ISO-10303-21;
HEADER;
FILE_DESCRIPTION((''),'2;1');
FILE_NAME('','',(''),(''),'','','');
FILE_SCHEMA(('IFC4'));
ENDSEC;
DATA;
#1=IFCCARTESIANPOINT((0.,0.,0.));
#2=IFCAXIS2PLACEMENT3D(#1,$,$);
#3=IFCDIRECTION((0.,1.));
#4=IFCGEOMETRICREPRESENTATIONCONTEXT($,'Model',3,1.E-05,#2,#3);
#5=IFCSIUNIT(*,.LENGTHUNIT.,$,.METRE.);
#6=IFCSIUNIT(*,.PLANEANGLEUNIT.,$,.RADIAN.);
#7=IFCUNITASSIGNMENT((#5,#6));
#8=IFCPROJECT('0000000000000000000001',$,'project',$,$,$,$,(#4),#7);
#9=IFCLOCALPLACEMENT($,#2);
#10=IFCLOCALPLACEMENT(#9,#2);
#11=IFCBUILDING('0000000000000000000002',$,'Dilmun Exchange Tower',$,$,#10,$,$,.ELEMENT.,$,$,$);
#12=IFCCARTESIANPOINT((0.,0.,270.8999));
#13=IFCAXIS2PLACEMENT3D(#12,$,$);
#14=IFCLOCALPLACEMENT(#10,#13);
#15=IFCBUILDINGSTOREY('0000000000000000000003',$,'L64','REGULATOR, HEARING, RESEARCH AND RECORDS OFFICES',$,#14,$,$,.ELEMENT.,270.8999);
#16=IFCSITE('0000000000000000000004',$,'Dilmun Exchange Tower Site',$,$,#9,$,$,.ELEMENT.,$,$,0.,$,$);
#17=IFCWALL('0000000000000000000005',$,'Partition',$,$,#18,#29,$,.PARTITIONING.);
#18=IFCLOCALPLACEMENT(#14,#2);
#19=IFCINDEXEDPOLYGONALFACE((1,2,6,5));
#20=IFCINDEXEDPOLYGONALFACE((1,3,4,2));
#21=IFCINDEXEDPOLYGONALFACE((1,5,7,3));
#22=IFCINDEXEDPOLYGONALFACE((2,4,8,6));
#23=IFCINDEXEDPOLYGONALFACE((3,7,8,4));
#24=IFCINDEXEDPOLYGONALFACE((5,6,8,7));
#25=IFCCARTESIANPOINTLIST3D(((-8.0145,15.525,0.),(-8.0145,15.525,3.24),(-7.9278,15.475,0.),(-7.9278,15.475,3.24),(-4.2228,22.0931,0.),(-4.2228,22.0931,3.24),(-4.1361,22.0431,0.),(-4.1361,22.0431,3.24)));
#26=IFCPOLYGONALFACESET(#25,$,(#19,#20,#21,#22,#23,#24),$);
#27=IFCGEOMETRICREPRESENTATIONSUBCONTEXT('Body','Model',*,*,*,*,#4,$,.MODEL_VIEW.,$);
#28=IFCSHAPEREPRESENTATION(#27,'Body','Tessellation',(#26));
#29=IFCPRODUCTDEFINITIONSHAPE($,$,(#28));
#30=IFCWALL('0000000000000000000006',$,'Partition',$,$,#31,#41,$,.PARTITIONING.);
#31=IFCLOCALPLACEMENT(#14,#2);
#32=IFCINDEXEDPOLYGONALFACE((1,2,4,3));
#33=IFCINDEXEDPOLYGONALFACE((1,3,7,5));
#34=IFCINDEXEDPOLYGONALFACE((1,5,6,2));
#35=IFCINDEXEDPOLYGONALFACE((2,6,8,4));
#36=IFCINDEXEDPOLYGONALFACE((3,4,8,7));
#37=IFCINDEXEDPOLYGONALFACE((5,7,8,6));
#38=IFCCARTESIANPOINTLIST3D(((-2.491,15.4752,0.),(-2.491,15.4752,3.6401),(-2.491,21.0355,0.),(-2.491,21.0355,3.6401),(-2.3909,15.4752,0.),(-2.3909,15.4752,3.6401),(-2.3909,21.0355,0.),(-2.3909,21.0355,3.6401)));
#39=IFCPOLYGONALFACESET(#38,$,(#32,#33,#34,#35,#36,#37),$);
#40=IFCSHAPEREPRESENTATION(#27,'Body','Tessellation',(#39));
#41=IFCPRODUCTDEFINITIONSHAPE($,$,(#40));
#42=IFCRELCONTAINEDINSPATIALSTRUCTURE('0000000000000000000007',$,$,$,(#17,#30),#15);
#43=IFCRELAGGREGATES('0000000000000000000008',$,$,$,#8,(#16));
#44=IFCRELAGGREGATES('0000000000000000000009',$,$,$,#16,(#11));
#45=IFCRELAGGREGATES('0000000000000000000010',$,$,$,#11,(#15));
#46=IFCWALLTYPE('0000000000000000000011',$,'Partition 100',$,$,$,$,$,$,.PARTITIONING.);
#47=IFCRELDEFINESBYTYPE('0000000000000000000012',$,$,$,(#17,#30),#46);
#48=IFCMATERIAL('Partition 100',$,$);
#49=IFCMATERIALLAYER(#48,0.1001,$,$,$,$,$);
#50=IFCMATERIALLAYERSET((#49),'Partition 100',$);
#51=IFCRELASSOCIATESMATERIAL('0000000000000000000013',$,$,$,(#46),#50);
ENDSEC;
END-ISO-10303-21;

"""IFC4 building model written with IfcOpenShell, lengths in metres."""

from ifc_helpers import new_model, si_unit, direction, frame, frame_2d, origin, place, context, subcontext, project, spatial, rectangle, extrude, material, layer, layer_set, type_object, element, save


model = new_model("IFC4")

# Units and contexts
model_context = context("Model", 3, precision=1e-05, world=origin(), true_north=direction((0.0, 1.0)))
body_context = subcontext(model_context, "Body", "Model", "MODEL_VIEW")
ifc_project = project(units=[si_unit("LENGTHUNIT", "METRE"), si_unit("PLANEANGLEUNIT", "RADIAN")], contexts=[model_context])

# Site, building, storey
site_placement = place(None, origin())
site = spatial("IfcSite", under=ifc_project, at=site_placement, Name="Dilmun Exchange Tower Site", CompositionType="ELEMENT", RefElevation=0.0)
building_placement = place(site_placement, origin())
building = spatial("IfcBuilding", under=site, at=building_placement, Name="Dilmun Exchange Tower", CompositionType="ELEMENT")
storey_placement = place(building_placement, frame((0.0, 0.0, 270.8999)))
storey = spatial("IfcBuildingStorey", under=building, at=storey_placement, Name="L64", Description="REGULATOR, HEARING, RESEARCH AND RECORDS OFFICES", CompositionType="ELEMENT", Elevation=270.8999)

# Walls
ifc_material_1 = material(Name="Partition 100")
ifc_layer_1 = layer(ifc_material_1, 0.1001)
ifc_layer_set_1 = layer_set([ifc_layer_1], Name="Partition 100")
wall_type_1 = type_object("IfcWallType", Name="Partition 100", PredefinedType="PARTITIONING", material=ifc_layer_set_1)
wall_1_placement = place(storey_placement, frame((-7.9712, 15.5, 0.0), z_axis=(0.0, 0.0, 1.0), x_axis=(0.499965, 0.866046, 0.0)))
element("IfcWall", 1, at=wall_1_placement, inside=storey, type_object=wall_type_1, Name="Partition", PredefinedType="PARTITIONING", context=body_context, shape_type="SweptSolid", body=[
    extrude(rectangle(XDim=7.584, YDim=0.1001, at=frame_2d((3.792, 0.0))), origin(), (0.0, 0.0, 1.0), 3.24),
])
wall_2_placement = place(storey_placement, frame((-2.4409, 15.4751, 0.0), z_axis=(0.0, 0.0, 1.0), x_axis=(0.0, 1.0, 0.0)))
element("IfcWall", 2, at=wall_2_placement, inside=storey, type_object=wall_type_1, Name="Partition", PredefinedType="PARTITIONING", context=body_context, shape_type="SweptSolid", body=[
    extrude(rectangle(XDim=5.5603, YDim=0.1001, at=frame_2d((2.7803, 0.0))), origin(), (0.0, 0.0, 1.0), 3.6401),
])

save(model, "model.ifc")
